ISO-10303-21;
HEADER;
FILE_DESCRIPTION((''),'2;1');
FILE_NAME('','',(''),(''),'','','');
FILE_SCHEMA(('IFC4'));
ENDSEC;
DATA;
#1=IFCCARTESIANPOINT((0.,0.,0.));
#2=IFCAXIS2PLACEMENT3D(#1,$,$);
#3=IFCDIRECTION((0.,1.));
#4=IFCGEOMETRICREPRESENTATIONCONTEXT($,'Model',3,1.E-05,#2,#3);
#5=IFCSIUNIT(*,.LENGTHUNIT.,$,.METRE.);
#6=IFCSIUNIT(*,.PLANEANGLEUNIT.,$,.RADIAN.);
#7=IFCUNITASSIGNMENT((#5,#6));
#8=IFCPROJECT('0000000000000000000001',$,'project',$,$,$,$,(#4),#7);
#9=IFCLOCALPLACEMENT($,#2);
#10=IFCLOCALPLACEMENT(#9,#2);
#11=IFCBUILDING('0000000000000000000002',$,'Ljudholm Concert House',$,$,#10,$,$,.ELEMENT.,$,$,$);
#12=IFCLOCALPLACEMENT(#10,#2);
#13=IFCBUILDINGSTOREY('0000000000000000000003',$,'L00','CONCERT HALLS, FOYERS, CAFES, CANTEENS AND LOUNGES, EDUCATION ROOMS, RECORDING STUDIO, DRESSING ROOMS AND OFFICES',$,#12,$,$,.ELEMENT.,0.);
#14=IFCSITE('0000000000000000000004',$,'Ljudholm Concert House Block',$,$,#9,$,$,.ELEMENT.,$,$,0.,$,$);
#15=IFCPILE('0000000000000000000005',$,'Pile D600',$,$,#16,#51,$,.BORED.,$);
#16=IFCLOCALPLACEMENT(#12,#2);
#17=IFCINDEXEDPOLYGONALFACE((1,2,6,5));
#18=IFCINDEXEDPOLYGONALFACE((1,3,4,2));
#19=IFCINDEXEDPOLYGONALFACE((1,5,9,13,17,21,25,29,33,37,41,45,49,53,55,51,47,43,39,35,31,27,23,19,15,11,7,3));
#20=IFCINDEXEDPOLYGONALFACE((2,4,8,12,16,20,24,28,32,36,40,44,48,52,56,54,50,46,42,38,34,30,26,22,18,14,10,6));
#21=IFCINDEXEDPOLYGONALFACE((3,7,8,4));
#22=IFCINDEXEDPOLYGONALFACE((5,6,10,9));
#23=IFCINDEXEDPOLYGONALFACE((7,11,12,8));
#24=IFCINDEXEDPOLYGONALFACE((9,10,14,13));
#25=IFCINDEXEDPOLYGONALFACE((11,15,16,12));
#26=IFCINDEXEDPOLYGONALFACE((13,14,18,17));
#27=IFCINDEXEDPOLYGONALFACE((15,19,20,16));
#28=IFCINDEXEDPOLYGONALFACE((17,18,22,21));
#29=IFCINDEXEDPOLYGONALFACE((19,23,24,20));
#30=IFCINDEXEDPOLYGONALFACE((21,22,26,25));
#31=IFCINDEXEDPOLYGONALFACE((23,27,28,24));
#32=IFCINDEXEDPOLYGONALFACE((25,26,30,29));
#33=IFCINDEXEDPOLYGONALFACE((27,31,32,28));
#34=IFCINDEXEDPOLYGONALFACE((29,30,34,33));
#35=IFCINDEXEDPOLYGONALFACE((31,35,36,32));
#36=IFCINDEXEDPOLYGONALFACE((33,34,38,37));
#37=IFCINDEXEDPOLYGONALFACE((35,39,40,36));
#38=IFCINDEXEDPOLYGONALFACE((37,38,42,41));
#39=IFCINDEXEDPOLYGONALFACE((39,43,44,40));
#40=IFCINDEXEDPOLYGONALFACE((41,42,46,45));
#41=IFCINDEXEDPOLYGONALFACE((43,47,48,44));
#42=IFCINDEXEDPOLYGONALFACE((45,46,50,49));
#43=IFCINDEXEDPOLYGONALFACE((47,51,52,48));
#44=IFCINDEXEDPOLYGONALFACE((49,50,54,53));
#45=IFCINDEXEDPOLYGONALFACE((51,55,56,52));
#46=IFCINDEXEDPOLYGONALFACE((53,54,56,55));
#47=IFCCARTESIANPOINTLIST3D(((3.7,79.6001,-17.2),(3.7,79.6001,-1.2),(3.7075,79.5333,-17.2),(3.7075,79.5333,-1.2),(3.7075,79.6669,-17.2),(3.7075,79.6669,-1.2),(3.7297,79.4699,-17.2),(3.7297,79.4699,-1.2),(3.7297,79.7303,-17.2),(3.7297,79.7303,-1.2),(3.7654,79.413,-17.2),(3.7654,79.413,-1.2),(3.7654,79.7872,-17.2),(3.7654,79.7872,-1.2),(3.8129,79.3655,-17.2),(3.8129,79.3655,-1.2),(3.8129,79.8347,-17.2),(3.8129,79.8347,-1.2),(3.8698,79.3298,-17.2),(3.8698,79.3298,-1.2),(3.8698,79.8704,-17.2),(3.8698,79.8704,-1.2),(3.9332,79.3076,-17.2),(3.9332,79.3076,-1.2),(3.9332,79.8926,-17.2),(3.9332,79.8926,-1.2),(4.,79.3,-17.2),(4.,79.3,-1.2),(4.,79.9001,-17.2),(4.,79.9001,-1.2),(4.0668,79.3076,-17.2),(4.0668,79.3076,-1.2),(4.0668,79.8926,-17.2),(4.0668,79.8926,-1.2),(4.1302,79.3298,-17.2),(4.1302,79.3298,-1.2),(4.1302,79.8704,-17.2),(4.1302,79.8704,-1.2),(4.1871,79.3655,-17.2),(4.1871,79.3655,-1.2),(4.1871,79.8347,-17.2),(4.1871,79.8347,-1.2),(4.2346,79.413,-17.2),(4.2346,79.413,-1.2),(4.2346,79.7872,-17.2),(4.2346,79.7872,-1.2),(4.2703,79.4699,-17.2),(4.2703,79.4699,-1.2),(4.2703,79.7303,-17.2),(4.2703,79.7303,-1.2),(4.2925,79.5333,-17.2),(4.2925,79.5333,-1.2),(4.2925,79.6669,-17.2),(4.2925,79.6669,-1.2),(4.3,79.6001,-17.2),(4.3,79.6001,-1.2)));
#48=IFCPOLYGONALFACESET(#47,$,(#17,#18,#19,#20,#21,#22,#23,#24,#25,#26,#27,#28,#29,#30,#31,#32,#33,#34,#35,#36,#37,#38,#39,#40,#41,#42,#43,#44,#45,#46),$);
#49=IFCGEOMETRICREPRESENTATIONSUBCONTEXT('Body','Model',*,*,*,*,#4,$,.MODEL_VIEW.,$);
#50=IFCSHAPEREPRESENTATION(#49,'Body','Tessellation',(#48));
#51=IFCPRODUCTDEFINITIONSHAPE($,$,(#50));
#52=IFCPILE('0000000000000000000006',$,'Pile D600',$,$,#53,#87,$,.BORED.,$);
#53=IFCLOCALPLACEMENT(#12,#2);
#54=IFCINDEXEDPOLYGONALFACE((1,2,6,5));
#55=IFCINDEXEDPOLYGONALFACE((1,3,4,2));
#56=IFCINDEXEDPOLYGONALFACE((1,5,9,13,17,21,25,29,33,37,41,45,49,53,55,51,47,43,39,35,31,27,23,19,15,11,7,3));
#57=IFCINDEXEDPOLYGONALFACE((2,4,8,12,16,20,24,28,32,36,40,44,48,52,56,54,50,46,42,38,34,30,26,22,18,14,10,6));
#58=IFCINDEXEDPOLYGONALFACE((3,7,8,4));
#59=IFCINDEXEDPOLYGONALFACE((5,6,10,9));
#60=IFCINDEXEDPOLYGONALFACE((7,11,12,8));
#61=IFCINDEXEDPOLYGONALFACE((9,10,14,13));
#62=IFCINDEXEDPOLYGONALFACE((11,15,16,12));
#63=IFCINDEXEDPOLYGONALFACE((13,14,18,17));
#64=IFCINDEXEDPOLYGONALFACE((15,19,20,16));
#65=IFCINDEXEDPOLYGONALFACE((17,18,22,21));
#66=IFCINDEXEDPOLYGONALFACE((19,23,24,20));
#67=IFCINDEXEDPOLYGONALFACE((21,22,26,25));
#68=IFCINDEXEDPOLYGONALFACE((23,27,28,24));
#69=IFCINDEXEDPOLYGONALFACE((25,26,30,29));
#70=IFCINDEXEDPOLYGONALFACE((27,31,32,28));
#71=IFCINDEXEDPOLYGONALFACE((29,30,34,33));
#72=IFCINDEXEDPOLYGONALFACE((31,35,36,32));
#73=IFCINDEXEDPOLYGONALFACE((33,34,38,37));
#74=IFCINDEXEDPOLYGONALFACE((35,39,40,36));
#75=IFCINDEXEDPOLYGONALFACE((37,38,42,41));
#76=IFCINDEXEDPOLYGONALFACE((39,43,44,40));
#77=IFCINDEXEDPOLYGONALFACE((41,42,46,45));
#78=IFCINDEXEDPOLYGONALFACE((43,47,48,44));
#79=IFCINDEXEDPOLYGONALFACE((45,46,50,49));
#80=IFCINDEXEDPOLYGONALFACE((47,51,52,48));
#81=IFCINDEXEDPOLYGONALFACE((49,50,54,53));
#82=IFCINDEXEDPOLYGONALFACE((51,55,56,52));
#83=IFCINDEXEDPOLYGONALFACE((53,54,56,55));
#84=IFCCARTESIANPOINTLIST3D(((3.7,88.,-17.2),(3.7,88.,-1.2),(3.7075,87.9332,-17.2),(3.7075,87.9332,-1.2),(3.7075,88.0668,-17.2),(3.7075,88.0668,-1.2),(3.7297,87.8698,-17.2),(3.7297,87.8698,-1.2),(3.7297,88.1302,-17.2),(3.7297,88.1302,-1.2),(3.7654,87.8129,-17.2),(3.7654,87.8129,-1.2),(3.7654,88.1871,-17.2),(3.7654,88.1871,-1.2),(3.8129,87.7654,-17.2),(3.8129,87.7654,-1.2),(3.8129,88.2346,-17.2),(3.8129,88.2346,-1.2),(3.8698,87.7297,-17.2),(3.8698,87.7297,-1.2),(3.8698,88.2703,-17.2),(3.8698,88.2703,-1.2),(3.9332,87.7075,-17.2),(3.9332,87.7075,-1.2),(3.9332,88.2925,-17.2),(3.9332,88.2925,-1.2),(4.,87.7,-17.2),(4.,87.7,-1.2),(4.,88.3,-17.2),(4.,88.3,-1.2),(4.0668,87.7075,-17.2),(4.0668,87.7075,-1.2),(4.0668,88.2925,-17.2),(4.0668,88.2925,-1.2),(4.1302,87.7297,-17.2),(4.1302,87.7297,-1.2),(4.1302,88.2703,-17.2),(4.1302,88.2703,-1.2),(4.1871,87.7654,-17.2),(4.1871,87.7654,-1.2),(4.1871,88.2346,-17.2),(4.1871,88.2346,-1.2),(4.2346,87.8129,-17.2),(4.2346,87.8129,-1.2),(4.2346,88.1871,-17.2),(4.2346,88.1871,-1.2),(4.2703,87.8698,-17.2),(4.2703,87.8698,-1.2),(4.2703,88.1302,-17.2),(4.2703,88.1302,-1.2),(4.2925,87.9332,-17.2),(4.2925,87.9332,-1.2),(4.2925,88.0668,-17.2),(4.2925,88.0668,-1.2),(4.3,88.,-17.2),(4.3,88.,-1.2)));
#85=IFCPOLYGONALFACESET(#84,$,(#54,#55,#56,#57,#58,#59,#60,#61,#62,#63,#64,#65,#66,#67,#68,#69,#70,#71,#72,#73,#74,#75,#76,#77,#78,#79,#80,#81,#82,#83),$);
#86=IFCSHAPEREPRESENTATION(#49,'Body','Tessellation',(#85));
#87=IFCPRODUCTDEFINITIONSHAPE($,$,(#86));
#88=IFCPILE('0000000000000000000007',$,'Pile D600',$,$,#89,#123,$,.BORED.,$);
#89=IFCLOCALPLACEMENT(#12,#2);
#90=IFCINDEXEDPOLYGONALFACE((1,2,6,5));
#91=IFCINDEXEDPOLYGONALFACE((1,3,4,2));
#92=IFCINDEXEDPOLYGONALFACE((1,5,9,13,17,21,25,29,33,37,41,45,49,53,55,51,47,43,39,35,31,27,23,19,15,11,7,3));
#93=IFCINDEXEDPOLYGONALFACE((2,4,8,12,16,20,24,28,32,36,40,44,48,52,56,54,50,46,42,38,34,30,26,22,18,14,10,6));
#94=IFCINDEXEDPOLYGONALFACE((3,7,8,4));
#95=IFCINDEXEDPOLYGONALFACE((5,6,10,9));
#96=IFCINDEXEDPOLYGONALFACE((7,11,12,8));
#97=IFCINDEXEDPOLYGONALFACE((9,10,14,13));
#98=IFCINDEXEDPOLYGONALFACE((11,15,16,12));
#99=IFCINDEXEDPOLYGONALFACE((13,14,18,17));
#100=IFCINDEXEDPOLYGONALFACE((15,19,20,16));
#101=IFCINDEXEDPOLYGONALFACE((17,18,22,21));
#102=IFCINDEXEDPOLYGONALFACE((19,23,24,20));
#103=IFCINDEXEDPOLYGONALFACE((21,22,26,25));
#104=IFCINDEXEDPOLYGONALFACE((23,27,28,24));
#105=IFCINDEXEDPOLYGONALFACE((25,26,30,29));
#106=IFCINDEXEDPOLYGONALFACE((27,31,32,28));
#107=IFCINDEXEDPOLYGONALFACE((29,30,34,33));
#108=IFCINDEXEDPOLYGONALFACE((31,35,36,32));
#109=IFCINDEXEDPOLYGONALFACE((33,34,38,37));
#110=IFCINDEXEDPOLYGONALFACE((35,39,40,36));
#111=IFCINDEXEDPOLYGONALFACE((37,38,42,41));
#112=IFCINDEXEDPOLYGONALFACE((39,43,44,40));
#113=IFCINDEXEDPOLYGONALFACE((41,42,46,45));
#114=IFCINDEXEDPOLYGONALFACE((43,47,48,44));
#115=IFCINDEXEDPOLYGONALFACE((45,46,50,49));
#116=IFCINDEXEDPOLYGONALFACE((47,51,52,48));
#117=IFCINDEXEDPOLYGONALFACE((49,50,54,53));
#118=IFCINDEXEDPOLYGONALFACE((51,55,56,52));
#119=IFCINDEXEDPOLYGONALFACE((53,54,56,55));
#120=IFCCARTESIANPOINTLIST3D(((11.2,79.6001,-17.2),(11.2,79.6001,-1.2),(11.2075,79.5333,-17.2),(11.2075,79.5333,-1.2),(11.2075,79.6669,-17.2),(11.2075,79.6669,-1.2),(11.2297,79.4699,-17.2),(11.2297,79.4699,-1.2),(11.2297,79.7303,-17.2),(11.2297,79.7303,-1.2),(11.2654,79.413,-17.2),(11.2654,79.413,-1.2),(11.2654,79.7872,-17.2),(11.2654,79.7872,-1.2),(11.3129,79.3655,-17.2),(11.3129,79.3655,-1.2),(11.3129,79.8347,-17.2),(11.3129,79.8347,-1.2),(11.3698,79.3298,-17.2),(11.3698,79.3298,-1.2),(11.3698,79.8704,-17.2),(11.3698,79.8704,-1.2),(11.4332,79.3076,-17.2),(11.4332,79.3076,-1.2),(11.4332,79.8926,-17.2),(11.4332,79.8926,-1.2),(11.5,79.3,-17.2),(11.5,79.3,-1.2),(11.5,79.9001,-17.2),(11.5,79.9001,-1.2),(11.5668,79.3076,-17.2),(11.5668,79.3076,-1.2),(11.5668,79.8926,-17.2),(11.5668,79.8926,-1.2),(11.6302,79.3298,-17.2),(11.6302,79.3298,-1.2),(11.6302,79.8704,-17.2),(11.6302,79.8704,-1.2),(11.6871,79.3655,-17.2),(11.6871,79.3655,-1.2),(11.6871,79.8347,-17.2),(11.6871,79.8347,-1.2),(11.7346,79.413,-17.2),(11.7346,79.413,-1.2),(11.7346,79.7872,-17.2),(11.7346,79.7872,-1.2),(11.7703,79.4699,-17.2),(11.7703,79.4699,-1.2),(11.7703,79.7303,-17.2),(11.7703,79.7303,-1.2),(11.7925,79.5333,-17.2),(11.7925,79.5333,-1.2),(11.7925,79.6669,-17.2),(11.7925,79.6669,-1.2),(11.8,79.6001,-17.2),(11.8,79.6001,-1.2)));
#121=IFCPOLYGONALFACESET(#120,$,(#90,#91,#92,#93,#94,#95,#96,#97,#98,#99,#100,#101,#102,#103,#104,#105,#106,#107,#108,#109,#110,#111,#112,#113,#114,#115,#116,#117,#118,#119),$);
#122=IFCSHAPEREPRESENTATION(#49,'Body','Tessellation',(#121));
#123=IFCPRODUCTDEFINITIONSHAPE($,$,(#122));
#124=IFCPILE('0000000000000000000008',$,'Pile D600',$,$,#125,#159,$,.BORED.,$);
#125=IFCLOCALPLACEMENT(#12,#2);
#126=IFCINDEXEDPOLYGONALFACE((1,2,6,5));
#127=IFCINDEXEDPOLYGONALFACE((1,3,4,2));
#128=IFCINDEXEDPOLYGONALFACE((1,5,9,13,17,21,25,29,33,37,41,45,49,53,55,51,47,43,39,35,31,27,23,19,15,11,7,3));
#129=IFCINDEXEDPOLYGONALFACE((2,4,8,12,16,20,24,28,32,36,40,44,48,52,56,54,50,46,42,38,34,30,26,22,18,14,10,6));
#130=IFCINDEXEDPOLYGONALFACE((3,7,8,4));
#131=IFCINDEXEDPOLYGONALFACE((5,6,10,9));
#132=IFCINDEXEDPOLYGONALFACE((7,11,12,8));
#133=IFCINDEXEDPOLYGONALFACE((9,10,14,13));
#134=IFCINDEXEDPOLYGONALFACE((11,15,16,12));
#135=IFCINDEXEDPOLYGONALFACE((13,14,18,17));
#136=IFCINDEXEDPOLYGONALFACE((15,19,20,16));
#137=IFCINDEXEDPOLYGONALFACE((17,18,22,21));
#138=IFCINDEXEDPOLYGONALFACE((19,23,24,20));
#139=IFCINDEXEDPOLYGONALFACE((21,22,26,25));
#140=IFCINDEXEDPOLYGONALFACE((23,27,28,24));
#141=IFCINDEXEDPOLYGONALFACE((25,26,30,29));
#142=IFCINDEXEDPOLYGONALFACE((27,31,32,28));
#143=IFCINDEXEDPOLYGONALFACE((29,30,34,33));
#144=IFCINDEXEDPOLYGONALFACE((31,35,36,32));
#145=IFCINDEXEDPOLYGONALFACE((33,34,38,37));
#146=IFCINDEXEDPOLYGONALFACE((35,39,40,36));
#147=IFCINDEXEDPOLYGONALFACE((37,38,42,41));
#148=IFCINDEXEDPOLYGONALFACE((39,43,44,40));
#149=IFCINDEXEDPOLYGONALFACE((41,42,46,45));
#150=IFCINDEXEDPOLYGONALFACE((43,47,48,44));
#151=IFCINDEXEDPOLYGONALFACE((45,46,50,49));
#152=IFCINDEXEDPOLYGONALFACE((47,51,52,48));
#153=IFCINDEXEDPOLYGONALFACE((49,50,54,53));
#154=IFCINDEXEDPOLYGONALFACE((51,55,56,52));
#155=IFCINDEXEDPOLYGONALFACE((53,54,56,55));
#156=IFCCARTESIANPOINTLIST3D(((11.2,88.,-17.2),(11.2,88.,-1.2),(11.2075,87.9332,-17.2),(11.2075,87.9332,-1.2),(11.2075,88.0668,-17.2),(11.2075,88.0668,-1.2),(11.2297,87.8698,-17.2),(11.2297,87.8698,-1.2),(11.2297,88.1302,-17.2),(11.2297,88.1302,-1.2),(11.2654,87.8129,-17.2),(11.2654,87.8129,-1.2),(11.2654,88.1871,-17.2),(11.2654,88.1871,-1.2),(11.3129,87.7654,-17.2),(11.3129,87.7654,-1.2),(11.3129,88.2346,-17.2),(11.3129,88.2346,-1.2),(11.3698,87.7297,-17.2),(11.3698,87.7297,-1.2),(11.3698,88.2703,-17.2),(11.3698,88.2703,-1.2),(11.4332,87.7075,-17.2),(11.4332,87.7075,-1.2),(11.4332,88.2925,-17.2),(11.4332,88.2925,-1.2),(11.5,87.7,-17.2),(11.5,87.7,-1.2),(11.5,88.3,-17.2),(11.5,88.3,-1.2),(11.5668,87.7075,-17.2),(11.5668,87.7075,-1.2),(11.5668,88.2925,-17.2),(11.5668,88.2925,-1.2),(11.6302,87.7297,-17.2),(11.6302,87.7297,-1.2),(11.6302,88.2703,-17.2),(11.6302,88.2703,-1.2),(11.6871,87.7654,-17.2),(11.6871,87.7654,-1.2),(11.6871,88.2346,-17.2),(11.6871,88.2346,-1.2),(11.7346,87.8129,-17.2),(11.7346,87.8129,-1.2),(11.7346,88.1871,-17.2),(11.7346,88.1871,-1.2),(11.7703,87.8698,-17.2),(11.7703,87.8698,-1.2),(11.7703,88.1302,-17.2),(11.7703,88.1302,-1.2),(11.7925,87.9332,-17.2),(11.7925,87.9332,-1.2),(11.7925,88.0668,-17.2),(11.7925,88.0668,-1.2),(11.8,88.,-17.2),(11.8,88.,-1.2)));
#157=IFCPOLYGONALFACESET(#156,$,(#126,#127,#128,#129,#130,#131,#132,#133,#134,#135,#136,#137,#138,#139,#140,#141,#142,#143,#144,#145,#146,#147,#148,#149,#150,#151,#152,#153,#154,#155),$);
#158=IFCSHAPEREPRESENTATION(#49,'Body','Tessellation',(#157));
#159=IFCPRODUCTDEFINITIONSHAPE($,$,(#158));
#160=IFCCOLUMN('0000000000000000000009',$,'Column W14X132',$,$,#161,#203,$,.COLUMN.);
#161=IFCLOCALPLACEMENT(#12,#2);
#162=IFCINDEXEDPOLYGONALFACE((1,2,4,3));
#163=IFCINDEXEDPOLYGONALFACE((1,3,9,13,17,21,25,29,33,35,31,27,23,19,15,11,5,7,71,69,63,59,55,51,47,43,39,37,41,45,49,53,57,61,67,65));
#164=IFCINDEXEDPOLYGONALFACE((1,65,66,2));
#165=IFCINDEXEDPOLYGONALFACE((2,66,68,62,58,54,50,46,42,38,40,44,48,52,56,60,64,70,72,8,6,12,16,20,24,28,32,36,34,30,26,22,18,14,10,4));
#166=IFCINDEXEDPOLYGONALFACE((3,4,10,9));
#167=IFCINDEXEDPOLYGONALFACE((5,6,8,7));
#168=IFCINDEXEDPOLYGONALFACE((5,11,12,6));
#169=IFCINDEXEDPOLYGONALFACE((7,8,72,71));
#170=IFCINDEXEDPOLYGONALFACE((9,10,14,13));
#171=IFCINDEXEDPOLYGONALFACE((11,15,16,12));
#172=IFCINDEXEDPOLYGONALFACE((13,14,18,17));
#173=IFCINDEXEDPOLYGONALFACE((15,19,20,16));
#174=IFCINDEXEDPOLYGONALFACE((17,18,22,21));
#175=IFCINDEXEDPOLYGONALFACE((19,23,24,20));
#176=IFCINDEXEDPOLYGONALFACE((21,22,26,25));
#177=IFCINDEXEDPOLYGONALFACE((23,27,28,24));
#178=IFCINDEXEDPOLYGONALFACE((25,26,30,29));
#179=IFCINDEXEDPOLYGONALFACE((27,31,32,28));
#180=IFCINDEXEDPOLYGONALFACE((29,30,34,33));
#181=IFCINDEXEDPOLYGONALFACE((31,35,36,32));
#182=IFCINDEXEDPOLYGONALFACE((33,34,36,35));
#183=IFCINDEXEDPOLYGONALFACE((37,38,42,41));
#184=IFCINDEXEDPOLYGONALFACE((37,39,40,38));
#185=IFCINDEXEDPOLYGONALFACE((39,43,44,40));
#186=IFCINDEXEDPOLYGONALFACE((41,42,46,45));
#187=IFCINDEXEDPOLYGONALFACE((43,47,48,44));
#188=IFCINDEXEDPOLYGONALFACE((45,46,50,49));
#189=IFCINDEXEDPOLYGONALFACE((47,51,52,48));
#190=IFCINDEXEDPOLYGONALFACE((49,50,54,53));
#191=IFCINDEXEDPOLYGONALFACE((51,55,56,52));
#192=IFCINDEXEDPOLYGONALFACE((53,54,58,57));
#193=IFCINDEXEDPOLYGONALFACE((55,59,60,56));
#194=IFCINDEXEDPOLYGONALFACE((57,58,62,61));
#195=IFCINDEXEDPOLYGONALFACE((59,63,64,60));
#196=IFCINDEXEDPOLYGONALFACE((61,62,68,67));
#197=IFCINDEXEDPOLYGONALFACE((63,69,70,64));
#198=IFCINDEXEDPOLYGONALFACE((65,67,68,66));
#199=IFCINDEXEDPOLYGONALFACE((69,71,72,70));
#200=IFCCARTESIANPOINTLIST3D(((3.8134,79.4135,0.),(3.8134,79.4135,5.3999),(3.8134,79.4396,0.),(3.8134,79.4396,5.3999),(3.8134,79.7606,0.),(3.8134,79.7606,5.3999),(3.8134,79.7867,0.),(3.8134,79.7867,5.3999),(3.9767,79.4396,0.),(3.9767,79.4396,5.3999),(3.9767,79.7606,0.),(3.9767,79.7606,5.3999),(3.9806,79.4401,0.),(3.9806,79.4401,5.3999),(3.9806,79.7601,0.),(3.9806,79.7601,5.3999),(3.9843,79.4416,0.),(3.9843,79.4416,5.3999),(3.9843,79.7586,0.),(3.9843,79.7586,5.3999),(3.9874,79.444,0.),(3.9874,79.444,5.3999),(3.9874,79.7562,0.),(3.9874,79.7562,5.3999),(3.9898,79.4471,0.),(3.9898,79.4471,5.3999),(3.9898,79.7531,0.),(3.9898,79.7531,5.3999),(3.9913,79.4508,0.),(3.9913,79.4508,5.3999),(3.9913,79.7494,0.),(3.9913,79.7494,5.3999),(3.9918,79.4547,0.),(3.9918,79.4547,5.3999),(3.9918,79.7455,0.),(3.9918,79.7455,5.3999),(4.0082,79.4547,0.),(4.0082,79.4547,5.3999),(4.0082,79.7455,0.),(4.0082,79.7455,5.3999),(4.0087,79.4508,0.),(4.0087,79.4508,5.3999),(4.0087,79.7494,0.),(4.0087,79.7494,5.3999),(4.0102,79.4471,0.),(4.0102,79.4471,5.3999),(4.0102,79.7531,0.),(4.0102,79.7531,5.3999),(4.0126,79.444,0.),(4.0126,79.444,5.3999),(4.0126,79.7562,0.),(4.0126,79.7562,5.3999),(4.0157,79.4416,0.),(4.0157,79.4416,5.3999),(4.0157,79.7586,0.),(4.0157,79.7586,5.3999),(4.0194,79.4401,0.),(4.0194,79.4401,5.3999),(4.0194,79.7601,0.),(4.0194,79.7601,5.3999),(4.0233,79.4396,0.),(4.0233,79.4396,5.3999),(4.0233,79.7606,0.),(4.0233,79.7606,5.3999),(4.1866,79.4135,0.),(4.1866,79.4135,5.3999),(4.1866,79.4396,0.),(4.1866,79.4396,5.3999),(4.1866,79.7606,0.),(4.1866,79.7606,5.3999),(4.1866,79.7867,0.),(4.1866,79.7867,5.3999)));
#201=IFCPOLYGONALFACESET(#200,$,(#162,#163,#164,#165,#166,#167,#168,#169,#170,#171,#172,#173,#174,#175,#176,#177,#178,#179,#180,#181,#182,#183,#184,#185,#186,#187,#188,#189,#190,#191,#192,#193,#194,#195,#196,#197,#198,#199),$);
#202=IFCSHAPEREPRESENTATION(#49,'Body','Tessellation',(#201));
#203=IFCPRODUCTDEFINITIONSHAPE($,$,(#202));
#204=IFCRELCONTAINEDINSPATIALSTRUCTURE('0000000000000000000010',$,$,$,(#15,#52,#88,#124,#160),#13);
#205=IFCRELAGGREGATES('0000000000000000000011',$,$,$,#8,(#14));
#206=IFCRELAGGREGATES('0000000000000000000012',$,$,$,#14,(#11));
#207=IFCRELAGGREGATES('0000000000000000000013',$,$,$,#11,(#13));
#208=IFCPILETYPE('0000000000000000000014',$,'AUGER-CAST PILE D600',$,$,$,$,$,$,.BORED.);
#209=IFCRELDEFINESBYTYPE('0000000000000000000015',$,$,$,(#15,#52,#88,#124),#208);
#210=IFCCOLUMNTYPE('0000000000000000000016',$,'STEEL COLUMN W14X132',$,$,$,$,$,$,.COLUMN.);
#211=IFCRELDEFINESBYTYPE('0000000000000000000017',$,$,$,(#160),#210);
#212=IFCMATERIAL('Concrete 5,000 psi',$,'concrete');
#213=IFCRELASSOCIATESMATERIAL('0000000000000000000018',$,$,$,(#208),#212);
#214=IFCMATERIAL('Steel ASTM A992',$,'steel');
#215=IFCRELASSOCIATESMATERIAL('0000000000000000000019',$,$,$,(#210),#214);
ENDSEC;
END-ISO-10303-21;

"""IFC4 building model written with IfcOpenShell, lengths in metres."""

from ifc_helpers import new_model, si_unit, direction, frame, origin, origin_2d, place, context, subcontext, project, spatial, circle, i_section, extrude, material, material_profile, profile_set, type_object, element, save


model = new_model("IFC4")

# Units and contexts
model_context = context("Model", 3, precision=1e-05, world=origin(), true_north=direction((0.0, 1.0)))
body_context = subcontext(model_context, "Body", "Model", "MODEL_VIEW")
ifc_project = project(units=[si_unit("LENGTHUNIT", "METRE"), si_unit("PLANEANGLEUNIT", "RADIAN")], contexts=[model_context])

# Site, building, storey
site_placement = place(None, origin())
site = spatial("IfcSite", under=ifc_project, at=site_placement, Name="Ljudholm Concert House Block", CompositionType="ELEMENT", RefElevation=0.0)
building_placement = place(site_placement, origin())
building = spatial("IfcBuilding", under=site, at=building_placement, Name="Ljudholm Concert House", CompositionType="ELEMENT")
storey_placement = place(building_placement, origin())
storey = spatial("IfcBuildingStorey", under=building, at=storey_placement, Name="L00", Description="CONCERT HALLS, FOYERS, CAFES, CANTEENS AND LOUNGES, EDUCATION ROOMS, RECORDING STUDIO, DRESSING ROOMS AND OFFICES", CompositionType="ELEMENT", Elevation=0.0)

# Piles
ifc_material_1 = material(Name="Concrete 5,000 psi", Category="concrete")
ifc_material_profile_1 = material_profile(ifc_material_1, circle(Radius=0.3, at=origin_2d()), Name="AUGER-CAST PILE D600")
ifc_profile_set_1 = profile_set([ifc_material_profile_1], Name="Concrete 5,000 psi")
pile_type = type_object("IfcPileType", Name="AUGER-CAST PILE D600", PredefinedType="BORED", material=ifc_profile_set_1)
for number, where, z_axis, x_axis, name in (
    (1, (4.0, 79.6001, -1.2), (0.0, 0.0, -1.0), (1.0, 0.0, 0.0), "Pile D600"),
    (2, (4.0, 88.0, -1.2), (0.0, 0.0, -1.0), (1.0, 0.0, 0.0), "Pile D600"),
    (3, (11.5, 79.6001, -1.2), (0.0, 0.0, -1.0), (1.0, 0.0, 0.0), "Pile D600"),
    (4, (11.5, 88.0, -1.2), (0.0, 0.0, -1.0), (1.0, 0.0, 0.0), "Pile D600"),
):
    element("IfcPile", number, at=place(storey_placement, frame(where, z_axis=z_axis, x_axis=x_axis)), inside=storey, type_object=pile_type, Name=name, PredefinedType="BORED", context=body_context, shape_type="SweptSolid", body=[
        extrude(circle(Radius=0.3, at=origin_2d()), origin(), (0.0, 0.0, 1.0), 16.0),
    ])

# Column
ifc_material_2 = material(Name="Steel ASTM A992", Category="steel")
ifc_material_profile_2 = material_profile(ifc_material_2, i_section(OverallWidth=0.3733, OverallDepth=0.3733, WebThickness=0.0164, FlangeThickness=0.0261, FilletRadius=0.0151, at=origin_2d()), Name="W14X132")
ifc_profile_set_2 = profile_set([ifc_material_profile_2], Name="Steel ASTM A992")
column_type = type_object("IfcColumnType", Name="STEEL COLUMN W14X132", PredefinedType="COLUMN", material=ifc_profile_set_2)
for number, where, z_axis, x_axis, name in (
    (5, (4.0, 79.6001, 0.0), (0.0, 0.0, 1.0), (1.0, 0.0, 0.0), "Column W14X132"),
):
    element("IfcColumn", number, at=place(storey_placement, frame(where, z_axis=z_axis, x_axis=x_axis)), inside=storey, type_object=column_type, Name=name, PredefinedType="COLUMN", context=body_context, shape_type="SweptSolid", body=[
        extrude(i_section(OverallWidth=0.3733, OverallDepth=0.3733, WebThickness=0.0164, FlangeThickness=0.0261, FilletRadius=0.0151, at=origin_2d()), origin(), (0.0, 0.0, 1.0), 5.3999),
    ])

save(model, "model.ifc")
